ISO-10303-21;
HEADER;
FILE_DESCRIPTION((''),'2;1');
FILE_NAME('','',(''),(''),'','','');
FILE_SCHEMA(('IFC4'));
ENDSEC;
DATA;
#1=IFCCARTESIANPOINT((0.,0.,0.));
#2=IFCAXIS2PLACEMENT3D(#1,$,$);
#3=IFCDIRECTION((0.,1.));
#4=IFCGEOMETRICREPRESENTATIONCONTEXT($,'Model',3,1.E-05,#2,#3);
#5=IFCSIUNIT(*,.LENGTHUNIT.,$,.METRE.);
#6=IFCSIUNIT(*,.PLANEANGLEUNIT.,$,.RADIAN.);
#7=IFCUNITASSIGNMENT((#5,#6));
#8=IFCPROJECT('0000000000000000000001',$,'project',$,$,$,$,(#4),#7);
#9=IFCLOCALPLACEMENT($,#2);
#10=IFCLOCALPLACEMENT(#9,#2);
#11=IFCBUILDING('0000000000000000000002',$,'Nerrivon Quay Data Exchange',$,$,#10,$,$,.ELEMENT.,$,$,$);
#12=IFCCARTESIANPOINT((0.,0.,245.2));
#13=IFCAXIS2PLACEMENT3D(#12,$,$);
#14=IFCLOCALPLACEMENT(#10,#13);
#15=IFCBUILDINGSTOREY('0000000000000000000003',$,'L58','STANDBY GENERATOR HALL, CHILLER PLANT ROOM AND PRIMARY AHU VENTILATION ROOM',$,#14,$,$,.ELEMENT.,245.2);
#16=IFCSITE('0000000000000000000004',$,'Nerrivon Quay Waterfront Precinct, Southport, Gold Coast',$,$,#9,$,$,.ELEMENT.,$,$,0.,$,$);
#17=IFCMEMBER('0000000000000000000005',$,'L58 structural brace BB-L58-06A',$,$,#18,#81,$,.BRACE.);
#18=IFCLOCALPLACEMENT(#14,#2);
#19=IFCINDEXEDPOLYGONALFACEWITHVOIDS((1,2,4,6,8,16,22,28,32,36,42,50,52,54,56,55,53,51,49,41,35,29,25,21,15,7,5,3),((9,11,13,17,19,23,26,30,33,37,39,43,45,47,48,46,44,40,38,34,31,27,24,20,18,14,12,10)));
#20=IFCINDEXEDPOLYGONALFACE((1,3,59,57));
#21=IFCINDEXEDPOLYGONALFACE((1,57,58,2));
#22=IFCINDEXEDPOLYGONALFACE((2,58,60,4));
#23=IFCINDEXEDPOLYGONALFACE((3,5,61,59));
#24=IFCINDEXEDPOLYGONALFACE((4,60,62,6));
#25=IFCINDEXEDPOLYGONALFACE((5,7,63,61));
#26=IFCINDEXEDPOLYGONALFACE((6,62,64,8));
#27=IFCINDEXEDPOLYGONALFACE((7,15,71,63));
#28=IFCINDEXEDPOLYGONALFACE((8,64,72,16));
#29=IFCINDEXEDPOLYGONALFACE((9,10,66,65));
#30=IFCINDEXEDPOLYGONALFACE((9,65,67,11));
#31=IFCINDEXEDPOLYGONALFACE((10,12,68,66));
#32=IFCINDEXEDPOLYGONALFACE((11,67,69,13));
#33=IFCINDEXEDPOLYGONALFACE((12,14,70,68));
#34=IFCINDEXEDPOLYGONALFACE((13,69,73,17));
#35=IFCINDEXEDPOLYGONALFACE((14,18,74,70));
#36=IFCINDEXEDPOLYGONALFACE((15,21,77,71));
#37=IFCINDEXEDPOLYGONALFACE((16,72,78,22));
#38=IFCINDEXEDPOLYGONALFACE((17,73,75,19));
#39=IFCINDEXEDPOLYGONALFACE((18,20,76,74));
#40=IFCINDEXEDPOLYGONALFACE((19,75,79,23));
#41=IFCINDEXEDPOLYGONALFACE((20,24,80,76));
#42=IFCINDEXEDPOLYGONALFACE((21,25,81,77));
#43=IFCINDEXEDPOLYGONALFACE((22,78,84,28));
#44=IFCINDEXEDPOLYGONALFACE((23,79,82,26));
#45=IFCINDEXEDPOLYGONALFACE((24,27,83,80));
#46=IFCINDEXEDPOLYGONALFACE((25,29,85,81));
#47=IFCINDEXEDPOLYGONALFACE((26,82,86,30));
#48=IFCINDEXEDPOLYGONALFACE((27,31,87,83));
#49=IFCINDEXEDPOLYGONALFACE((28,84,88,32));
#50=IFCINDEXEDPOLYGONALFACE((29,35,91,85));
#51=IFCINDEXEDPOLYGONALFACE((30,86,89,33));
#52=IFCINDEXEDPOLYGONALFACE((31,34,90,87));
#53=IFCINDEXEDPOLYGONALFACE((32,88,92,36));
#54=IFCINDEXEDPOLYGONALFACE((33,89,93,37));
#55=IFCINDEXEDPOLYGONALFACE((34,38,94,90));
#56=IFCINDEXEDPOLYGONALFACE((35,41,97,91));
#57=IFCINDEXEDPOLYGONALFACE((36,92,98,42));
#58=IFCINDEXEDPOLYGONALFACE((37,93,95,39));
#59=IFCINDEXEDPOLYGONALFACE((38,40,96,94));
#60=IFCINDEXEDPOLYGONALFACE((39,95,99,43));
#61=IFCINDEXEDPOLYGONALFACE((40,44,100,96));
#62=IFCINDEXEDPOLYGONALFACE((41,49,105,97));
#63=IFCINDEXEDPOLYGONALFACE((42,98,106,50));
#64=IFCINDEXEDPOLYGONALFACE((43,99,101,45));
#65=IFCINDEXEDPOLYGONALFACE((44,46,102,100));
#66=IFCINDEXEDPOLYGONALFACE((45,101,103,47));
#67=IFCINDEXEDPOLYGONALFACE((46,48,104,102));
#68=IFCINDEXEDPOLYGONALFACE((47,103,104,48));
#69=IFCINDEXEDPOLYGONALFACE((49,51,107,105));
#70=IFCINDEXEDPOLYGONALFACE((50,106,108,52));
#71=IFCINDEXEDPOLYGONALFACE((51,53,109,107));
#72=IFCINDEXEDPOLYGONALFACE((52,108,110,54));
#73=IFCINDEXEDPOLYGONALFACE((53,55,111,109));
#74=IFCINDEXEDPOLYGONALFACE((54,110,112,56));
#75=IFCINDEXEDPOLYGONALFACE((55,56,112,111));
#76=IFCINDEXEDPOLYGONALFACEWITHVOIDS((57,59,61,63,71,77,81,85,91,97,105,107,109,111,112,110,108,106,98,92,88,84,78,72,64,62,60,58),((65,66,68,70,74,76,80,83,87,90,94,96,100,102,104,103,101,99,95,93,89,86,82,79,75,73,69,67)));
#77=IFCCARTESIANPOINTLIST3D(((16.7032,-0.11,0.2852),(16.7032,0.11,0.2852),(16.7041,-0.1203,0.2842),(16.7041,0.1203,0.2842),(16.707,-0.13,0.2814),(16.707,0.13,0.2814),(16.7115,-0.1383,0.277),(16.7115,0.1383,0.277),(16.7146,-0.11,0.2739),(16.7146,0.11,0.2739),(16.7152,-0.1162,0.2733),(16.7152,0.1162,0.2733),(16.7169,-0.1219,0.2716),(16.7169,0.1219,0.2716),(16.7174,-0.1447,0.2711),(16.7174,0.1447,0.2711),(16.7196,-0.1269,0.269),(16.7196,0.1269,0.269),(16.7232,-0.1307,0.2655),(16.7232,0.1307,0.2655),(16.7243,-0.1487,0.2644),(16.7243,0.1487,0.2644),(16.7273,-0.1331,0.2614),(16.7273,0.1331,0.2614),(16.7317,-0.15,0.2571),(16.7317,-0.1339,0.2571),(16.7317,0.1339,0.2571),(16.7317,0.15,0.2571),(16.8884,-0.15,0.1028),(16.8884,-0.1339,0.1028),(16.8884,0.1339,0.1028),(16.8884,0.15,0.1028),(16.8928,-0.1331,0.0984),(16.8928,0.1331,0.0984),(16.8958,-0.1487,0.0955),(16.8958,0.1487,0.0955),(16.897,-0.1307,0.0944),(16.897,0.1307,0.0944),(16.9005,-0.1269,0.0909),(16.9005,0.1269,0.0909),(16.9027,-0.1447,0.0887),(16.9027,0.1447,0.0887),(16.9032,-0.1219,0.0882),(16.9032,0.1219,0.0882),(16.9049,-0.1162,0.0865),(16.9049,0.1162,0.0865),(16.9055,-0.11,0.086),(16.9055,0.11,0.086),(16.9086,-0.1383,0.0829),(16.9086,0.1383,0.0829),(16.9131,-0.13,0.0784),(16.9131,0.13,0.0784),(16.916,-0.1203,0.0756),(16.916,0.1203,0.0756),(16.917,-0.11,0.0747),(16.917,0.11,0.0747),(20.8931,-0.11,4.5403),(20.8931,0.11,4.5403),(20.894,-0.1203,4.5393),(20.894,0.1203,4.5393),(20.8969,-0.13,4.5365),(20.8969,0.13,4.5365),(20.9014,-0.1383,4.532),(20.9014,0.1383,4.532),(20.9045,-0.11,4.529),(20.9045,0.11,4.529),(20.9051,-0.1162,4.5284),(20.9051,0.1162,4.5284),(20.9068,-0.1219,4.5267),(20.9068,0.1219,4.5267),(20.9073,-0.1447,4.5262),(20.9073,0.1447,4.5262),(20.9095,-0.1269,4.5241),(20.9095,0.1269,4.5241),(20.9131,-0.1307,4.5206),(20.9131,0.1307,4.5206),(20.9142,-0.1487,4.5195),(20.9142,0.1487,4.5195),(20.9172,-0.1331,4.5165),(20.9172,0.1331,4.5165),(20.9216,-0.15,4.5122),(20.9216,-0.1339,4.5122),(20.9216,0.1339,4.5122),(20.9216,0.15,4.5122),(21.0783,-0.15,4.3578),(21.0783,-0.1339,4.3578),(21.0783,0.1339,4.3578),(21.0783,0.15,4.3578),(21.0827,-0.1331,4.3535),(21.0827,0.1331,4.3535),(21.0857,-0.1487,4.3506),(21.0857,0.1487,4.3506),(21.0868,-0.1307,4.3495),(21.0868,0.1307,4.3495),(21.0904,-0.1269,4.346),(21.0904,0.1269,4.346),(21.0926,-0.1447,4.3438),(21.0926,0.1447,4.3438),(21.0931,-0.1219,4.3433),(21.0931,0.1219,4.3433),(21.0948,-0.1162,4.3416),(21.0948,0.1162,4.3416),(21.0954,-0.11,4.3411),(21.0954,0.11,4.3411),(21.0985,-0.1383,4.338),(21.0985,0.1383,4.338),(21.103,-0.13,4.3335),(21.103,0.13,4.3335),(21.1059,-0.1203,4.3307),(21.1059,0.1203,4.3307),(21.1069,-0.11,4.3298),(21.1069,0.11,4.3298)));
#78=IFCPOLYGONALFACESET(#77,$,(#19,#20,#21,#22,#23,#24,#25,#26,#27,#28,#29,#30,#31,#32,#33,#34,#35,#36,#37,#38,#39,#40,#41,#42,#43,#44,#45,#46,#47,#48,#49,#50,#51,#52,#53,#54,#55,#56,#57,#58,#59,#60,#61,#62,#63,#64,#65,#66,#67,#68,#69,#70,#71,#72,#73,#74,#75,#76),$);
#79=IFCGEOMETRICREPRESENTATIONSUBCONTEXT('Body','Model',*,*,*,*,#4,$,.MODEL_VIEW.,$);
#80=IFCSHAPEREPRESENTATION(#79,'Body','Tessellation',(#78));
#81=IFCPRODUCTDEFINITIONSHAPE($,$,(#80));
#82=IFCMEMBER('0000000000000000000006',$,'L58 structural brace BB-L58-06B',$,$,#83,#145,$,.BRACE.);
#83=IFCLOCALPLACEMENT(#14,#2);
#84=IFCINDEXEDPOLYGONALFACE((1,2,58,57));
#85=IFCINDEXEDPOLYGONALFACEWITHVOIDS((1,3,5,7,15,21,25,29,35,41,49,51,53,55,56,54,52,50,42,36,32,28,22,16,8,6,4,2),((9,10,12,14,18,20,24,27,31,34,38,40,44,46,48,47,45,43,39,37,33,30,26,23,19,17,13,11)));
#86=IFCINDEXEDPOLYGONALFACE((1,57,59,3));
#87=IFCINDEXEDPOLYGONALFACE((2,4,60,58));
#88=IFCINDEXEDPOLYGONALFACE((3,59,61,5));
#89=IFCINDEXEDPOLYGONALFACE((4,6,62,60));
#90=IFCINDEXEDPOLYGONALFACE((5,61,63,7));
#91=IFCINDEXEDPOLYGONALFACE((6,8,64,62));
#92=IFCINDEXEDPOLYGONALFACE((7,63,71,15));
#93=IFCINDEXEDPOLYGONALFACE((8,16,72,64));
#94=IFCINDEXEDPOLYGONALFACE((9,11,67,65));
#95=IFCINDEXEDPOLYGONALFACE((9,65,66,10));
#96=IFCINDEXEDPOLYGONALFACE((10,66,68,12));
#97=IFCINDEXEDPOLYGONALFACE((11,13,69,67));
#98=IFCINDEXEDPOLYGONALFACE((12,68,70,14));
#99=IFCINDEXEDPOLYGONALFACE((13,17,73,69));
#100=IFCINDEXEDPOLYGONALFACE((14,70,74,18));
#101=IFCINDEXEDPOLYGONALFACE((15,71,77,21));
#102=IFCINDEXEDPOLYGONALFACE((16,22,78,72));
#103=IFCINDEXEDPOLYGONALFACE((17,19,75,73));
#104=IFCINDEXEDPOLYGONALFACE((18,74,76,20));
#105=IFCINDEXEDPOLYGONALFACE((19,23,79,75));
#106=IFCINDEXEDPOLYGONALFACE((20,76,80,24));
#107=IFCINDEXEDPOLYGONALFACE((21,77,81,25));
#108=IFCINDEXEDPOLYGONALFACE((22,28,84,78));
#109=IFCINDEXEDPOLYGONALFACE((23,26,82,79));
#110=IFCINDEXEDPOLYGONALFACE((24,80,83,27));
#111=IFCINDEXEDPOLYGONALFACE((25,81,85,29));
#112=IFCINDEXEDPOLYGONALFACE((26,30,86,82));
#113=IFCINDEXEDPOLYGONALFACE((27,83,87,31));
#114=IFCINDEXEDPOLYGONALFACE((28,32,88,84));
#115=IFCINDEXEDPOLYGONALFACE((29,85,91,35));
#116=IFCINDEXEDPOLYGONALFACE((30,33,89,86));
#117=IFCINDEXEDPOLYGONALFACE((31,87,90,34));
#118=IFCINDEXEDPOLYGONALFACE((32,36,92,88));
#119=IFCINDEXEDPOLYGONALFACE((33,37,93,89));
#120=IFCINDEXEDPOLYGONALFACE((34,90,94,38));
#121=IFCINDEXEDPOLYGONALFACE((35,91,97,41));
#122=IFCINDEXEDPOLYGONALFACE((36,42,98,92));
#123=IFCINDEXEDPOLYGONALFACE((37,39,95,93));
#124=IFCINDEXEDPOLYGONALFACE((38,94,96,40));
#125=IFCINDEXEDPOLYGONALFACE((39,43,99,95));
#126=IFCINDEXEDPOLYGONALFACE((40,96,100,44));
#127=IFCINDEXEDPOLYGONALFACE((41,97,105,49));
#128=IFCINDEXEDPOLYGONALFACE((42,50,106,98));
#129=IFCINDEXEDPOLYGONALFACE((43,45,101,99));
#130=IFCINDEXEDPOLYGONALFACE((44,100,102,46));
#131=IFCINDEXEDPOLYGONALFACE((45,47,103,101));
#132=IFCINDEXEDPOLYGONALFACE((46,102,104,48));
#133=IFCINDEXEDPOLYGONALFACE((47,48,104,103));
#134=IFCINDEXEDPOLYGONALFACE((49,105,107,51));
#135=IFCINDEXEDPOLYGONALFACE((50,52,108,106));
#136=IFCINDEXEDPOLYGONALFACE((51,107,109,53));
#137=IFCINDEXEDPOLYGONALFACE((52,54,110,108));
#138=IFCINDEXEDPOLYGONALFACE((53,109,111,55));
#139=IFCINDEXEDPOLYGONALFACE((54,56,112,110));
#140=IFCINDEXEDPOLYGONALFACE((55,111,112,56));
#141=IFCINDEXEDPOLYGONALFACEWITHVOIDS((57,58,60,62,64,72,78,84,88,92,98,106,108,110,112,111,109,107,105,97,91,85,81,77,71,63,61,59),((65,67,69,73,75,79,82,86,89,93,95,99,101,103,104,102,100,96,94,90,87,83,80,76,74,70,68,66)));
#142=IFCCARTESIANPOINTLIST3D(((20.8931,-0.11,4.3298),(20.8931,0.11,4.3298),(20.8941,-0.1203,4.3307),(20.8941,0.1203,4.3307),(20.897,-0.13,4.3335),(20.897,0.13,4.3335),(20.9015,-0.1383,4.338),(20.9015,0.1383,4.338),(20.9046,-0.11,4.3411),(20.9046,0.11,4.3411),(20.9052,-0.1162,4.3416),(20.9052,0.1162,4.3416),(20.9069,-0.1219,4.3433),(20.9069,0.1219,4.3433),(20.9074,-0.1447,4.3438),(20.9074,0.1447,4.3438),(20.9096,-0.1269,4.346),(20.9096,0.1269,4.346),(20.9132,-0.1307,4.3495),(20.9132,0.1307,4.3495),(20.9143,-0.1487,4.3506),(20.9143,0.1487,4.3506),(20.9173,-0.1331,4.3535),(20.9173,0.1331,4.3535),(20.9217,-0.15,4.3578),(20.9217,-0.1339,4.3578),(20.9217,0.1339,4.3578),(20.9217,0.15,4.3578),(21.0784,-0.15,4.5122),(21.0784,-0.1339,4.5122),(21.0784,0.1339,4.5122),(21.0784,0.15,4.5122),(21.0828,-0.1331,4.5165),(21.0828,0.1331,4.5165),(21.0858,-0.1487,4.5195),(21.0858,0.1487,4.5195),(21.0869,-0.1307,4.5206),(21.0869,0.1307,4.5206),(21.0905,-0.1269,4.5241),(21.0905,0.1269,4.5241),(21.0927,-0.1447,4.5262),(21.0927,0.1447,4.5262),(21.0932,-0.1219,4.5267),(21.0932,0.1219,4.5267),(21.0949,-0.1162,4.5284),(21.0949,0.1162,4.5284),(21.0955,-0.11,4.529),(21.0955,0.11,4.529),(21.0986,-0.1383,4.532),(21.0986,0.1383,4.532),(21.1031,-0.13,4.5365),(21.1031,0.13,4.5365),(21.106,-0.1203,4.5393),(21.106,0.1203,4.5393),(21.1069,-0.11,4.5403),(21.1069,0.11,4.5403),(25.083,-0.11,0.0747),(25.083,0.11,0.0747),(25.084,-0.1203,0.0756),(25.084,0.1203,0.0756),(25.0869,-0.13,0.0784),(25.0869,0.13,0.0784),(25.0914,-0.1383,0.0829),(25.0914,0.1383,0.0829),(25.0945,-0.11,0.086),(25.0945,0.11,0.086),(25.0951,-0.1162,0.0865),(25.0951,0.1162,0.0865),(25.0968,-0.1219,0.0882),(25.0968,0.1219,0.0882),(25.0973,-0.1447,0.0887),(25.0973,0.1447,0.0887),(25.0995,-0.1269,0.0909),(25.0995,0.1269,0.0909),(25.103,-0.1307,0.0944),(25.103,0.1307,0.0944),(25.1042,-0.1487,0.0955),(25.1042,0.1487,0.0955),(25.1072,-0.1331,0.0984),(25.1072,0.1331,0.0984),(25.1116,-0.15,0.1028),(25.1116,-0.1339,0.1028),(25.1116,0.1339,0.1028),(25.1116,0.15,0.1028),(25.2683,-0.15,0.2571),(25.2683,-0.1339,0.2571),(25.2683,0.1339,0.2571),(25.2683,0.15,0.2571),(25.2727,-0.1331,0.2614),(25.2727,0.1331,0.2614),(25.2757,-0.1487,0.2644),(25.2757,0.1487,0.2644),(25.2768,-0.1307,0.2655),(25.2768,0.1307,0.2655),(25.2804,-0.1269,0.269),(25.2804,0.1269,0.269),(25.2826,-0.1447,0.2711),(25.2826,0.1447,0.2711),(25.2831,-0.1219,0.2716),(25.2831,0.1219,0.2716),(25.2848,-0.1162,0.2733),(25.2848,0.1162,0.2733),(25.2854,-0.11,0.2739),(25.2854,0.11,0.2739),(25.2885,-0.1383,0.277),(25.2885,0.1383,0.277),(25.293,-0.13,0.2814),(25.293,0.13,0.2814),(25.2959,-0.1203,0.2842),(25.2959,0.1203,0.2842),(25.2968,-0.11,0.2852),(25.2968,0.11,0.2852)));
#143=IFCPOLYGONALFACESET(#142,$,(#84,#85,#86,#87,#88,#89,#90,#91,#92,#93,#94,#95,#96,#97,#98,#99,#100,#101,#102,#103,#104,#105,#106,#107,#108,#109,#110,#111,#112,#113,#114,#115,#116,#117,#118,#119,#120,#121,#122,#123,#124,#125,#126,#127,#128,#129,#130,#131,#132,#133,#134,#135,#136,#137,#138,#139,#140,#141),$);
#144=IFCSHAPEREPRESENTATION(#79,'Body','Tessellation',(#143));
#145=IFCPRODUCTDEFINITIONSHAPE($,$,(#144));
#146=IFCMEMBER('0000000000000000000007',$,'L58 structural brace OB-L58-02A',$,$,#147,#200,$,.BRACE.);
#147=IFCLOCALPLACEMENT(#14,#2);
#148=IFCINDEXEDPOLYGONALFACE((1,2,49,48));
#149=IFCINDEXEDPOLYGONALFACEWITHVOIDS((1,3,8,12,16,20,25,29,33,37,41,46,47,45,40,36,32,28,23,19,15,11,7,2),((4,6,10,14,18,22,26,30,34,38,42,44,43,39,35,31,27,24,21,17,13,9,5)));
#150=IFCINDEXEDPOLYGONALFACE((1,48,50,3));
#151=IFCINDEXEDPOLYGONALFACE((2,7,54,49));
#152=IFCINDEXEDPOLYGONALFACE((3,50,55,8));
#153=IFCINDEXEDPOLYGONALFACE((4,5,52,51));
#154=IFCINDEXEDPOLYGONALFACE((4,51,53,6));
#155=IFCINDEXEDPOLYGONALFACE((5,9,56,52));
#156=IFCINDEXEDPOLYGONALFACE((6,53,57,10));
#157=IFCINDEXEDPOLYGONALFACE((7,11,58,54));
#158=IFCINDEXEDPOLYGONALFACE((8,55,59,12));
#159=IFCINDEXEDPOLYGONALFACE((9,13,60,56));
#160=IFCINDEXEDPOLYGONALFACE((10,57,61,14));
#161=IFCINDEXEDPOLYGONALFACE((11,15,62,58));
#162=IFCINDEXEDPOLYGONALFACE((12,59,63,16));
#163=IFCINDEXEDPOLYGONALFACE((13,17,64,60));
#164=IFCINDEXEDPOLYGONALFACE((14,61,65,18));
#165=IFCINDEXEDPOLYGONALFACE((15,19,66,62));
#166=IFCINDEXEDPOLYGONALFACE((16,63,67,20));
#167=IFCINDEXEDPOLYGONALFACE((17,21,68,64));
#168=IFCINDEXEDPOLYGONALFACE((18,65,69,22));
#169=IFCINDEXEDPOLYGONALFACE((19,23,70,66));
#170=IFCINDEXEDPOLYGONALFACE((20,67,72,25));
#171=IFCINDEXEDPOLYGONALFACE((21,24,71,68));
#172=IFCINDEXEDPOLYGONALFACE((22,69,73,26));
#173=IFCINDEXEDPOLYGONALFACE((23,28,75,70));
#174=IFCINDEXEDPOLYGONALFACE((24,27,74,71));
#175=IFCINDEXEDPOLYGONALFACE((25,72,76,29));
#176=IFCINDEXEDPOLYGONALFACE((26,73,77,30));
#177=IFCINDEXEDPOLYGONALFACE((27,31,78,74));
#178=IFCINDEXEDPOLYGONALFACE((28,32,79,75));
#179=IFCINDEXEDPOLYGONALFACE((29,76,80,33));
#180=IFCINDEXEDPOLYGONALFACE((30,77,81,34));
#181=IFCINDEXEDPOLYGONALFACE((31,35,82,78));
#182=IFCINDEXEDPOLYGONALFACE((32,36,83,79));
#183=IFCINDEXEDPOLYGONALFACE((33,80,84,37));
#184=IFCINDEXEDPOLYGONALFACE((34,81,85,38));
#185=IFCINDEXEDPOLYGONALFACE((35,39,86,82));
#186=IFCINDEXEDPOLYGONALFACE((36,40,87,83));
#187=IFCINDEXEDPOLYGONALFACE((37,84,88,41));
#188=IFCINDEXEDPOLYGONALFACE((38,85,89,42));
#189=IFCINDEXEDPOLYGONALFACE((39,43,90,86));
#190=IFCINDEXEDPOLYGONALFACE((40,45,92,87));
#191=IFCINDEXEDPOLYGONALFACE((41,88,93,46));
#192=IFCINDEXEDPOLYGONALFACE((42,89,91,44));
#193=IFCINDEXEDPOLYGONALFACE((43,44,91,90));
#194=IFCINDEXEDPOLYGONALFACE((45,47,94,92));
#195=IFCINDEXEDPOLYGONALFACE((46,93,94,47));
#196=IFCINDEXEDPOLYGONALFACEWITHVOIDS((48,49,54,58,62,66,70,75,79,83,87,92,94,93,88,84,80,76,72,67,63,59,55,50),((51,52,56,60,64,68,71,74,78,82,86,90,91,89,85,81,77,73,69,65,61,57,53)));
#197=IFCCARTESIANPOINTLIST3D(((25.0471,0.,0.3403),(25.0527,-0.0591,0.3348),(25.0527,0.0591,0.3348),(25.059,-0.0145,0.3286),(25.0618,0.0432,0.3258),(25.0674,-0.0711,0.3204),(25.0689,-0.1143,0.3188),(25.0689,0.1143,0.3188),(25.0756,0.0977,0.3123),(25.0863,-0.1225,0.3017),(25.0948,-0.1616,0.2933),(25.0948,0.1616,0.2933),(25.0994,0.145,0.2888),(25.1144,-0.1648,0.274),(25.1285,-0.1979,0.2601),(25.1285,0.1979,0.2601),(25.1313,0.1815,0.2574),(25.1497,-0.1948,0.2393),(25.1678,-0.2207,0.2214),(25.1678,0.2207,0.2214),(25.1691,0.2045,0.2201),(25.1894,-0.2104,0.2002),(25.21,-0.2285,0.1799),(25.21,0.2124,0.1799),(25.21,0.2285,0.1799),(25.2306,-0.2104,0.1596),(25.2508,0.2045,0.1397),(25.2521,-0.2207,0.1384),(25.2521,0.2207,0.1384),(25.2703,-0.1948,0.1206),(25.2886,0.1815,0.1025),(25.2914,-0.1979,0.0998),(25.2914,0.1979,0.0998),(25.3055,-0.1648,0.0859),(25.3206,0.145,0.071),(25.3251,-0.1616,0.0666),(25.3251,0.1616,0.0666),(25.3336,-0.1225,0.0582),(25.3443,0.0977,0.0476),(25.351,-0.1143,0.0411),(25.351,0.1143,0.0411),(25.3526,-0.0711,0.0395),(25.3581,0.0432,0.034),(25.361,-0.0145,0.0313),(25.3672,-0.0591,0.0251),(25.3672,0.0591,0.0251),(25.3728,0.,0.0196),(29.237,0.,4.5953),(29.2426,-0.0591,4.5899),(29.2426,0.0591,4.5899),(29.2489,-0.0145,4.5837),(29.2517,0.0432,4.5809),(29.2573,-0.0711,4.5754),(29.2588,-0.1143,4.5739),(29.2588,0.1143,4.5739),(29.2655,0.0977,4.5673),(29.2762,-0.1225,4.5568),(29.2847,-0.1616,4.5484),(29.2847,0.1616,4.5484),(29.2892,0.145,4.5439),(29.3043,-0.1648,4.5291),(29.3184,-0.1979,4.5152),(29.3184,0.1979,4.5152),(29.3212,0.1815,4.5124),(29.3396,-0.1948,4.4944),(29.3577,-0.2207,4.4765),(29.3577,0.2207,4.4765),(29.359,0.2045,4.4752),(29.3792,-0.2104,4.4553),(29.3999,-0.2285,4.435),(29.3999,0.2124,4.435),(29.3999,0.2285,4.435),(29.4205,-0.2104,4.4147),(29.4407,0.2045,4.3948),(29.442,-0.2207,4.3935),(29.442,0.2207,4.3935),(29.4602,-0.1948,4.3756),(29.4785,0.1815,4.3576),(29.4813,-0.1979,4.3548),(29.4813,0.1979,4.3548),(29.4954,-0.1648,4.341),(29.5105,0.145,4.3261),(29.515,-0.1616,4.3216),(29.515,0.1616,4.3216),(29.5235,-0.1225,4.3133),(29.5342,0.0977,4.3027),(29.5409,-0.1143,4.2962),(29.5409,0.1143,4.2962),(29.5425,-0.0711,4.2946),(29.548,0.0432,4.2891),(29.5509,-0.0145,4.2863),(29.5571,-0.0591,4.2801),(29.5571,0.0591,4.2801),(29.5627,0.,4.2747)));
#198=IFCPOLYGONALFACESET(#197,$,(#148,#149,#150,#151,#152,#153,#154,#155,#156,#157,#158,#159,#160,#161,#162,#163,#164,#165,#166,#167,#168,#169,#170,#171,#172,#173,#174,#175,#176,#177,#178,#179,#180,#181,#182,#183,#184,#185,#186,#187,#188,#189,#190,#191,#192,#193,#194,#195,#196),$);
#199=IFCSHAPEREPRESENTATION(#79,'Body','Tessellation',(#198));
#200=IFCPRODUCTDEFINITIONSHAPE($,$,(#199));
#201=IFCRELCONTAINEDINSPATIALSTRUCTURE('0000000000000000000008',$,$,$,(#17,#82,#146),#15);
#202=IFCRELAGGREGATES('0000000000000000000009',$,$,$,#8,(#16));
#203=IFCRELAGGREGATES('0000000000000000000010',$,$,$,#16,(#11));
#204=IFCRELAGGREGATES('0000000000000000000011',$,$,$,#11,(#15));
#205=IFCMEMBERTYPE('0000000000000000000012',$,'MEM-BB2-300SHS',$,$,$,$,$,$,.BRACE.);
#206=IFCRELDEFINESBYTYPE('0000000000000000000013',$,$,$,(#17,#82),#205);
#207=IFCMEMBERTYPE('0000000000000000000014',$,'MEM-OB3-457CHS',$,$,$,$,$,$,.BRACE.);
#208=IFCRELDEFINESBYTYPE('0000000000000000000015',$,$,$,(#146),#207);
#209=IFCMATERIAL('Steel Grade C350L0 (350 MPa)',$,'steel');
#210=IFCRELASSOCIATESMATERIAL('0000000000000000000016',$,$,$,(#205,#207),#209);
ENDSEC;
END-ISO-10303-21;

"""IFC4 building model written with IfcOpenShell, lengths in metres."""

from ifc_helpers import new_model, si_unit, direction, frame, origin, origin_2d, place, context, subcontext, project, spatial, hollow_rectangle, hollow_circle, extrude, material, material_profile, profile_set, type_object, element, save


model = new_model("IFC4")

# Units and contexts
model_context = context("Model", 3, precision=1e-05, world=origin(), true_north=direction((0.0, 1.0)))
body_context = subcontext(model_context, "Body", "Model", "MODEL_VIEW")
ifc_project = project(units=[si_unit("LENGTHUNIT", "METRE"), si_unit("PLANEANGLEUNIT", "RADIAN")], contexts=[model_context])

# Site, building, storey
site_placement = place(None, origin())
site = spatial("IfcSite", under=ifc_project, at=site_placement, Name="Nerrivon Quay Waterfront Precinct, Southport, Gold Coast", CompositionType="ELEMENT", RefElevation=0.0)
building_placement = place(site_placement, origin())
building = spatial("IfcBuilding", under=site, at=building_placement, Name="Nerrivon Quay Data Exchange", CompositionType="ELEMENT")
storey_placement = place(building_placement, frame((0.0, 0.0, 245.2)))
storey = spatial("IfcBuildingStorey", under=building, at=storey_placement, Name="L58", Description="STANDBY GENERATOR HALL, CHILLER PLANT ROOM AND PRIMARY AHU VENTILATION ROOM", CompositionType="ELEMENT", Elevation=245.2)

# Shared definitions
ifc_material_1 = material(Name="Steel Grade C350L0 (350 MPa)", Category="steel")

# Members
ifc_material_profile_1 = material_profile(ifc_material_1, hollow_rectangle(XDim=0.3, YDim=0.3, WallThickness=0.0161, InnerFilletRadius=0.0239, OuterFilletRadius=0.04, at=origin_2d()), Name="300x300x16.0SHS")
ifc_profile_set_1 = profile_set([ifc_material_profile_1], Name="Steel Grade C350L0 (350 MPa)")
member_type_1 = type_object("IfcMemberType", Name="MEM-BB2-300SHS", PredefinedType="BRACE", material=ifc_profile_set_1)
for number, where, z_axis, x_axis, name in (
    (1, (16.8101, 0.0, 0.1799), (0.701628, 0.0, 0.712544), (0.0, 1.0, 0.0), "L58 structural brace BB-L58-06A"),
    (2, (25.1899, 0.0, 0.1799), (-0.701628, 0.0, 0.712544), (0.0, -1.0, 0.0), "L58 structural brace BB-L58-06B"),
):
    element("IfcMember", number, at=place(storey_placement, frame(where, z_axis=z_axis, x_axis=x_axis)), inside=storey, type_object=member_type_1, Name=name, PredefinedType="BRACE", context=body_context, shape_type="SweptSolid", body=[
        extrude(hollow_rectangle(XDim=0.3, YDim=0.3, WallThickness=0.0161, InnerFilletRadius=0.0239, OuterFilletRadius=0.04, at=origin_2d()), origin(), (0.0, 0.0, 1.0), 5.9717),
    ])
ifc_material_profile_2 = material_profile(ifc_material_1, hollow_circle(Radius=0.2285, WallThickness=0.0161, at=origin_2d()), Name="457.0x16.0CHS")
ifc_profile_set_2 = profile_set([ifc_material_profile_2], Name="Steel Grade C350L0 (350 MPa)")
member_type_2 = type_object("IfcMemberType", Name="MEM-OB3-457CHS", PredefinedType="BRACE", material=ifc_profile_set_2)
member_placement = place(storey_placement, frame((25.21, 0.0, 0.1799), z_axis=(0.701628, 0.0, 0.712544), x_axis=(0.0, 1.0, 0.0)))
element("IfcMember", 3, at=member_placement, inside=storey, type_object=member_type_2, Name="L58 structural brace OB-L58-02A", PredefinedType="BRACE", context=body_context, shape_type="SweptSolid", body=[
    extrude(hollow_circle(Radius=0.2285, WallThickness=0.0161, at=origin_2d()), origin(), (0.0, 0.0, 1.0), 5.9717),
])

save(model, "model.ifc")
